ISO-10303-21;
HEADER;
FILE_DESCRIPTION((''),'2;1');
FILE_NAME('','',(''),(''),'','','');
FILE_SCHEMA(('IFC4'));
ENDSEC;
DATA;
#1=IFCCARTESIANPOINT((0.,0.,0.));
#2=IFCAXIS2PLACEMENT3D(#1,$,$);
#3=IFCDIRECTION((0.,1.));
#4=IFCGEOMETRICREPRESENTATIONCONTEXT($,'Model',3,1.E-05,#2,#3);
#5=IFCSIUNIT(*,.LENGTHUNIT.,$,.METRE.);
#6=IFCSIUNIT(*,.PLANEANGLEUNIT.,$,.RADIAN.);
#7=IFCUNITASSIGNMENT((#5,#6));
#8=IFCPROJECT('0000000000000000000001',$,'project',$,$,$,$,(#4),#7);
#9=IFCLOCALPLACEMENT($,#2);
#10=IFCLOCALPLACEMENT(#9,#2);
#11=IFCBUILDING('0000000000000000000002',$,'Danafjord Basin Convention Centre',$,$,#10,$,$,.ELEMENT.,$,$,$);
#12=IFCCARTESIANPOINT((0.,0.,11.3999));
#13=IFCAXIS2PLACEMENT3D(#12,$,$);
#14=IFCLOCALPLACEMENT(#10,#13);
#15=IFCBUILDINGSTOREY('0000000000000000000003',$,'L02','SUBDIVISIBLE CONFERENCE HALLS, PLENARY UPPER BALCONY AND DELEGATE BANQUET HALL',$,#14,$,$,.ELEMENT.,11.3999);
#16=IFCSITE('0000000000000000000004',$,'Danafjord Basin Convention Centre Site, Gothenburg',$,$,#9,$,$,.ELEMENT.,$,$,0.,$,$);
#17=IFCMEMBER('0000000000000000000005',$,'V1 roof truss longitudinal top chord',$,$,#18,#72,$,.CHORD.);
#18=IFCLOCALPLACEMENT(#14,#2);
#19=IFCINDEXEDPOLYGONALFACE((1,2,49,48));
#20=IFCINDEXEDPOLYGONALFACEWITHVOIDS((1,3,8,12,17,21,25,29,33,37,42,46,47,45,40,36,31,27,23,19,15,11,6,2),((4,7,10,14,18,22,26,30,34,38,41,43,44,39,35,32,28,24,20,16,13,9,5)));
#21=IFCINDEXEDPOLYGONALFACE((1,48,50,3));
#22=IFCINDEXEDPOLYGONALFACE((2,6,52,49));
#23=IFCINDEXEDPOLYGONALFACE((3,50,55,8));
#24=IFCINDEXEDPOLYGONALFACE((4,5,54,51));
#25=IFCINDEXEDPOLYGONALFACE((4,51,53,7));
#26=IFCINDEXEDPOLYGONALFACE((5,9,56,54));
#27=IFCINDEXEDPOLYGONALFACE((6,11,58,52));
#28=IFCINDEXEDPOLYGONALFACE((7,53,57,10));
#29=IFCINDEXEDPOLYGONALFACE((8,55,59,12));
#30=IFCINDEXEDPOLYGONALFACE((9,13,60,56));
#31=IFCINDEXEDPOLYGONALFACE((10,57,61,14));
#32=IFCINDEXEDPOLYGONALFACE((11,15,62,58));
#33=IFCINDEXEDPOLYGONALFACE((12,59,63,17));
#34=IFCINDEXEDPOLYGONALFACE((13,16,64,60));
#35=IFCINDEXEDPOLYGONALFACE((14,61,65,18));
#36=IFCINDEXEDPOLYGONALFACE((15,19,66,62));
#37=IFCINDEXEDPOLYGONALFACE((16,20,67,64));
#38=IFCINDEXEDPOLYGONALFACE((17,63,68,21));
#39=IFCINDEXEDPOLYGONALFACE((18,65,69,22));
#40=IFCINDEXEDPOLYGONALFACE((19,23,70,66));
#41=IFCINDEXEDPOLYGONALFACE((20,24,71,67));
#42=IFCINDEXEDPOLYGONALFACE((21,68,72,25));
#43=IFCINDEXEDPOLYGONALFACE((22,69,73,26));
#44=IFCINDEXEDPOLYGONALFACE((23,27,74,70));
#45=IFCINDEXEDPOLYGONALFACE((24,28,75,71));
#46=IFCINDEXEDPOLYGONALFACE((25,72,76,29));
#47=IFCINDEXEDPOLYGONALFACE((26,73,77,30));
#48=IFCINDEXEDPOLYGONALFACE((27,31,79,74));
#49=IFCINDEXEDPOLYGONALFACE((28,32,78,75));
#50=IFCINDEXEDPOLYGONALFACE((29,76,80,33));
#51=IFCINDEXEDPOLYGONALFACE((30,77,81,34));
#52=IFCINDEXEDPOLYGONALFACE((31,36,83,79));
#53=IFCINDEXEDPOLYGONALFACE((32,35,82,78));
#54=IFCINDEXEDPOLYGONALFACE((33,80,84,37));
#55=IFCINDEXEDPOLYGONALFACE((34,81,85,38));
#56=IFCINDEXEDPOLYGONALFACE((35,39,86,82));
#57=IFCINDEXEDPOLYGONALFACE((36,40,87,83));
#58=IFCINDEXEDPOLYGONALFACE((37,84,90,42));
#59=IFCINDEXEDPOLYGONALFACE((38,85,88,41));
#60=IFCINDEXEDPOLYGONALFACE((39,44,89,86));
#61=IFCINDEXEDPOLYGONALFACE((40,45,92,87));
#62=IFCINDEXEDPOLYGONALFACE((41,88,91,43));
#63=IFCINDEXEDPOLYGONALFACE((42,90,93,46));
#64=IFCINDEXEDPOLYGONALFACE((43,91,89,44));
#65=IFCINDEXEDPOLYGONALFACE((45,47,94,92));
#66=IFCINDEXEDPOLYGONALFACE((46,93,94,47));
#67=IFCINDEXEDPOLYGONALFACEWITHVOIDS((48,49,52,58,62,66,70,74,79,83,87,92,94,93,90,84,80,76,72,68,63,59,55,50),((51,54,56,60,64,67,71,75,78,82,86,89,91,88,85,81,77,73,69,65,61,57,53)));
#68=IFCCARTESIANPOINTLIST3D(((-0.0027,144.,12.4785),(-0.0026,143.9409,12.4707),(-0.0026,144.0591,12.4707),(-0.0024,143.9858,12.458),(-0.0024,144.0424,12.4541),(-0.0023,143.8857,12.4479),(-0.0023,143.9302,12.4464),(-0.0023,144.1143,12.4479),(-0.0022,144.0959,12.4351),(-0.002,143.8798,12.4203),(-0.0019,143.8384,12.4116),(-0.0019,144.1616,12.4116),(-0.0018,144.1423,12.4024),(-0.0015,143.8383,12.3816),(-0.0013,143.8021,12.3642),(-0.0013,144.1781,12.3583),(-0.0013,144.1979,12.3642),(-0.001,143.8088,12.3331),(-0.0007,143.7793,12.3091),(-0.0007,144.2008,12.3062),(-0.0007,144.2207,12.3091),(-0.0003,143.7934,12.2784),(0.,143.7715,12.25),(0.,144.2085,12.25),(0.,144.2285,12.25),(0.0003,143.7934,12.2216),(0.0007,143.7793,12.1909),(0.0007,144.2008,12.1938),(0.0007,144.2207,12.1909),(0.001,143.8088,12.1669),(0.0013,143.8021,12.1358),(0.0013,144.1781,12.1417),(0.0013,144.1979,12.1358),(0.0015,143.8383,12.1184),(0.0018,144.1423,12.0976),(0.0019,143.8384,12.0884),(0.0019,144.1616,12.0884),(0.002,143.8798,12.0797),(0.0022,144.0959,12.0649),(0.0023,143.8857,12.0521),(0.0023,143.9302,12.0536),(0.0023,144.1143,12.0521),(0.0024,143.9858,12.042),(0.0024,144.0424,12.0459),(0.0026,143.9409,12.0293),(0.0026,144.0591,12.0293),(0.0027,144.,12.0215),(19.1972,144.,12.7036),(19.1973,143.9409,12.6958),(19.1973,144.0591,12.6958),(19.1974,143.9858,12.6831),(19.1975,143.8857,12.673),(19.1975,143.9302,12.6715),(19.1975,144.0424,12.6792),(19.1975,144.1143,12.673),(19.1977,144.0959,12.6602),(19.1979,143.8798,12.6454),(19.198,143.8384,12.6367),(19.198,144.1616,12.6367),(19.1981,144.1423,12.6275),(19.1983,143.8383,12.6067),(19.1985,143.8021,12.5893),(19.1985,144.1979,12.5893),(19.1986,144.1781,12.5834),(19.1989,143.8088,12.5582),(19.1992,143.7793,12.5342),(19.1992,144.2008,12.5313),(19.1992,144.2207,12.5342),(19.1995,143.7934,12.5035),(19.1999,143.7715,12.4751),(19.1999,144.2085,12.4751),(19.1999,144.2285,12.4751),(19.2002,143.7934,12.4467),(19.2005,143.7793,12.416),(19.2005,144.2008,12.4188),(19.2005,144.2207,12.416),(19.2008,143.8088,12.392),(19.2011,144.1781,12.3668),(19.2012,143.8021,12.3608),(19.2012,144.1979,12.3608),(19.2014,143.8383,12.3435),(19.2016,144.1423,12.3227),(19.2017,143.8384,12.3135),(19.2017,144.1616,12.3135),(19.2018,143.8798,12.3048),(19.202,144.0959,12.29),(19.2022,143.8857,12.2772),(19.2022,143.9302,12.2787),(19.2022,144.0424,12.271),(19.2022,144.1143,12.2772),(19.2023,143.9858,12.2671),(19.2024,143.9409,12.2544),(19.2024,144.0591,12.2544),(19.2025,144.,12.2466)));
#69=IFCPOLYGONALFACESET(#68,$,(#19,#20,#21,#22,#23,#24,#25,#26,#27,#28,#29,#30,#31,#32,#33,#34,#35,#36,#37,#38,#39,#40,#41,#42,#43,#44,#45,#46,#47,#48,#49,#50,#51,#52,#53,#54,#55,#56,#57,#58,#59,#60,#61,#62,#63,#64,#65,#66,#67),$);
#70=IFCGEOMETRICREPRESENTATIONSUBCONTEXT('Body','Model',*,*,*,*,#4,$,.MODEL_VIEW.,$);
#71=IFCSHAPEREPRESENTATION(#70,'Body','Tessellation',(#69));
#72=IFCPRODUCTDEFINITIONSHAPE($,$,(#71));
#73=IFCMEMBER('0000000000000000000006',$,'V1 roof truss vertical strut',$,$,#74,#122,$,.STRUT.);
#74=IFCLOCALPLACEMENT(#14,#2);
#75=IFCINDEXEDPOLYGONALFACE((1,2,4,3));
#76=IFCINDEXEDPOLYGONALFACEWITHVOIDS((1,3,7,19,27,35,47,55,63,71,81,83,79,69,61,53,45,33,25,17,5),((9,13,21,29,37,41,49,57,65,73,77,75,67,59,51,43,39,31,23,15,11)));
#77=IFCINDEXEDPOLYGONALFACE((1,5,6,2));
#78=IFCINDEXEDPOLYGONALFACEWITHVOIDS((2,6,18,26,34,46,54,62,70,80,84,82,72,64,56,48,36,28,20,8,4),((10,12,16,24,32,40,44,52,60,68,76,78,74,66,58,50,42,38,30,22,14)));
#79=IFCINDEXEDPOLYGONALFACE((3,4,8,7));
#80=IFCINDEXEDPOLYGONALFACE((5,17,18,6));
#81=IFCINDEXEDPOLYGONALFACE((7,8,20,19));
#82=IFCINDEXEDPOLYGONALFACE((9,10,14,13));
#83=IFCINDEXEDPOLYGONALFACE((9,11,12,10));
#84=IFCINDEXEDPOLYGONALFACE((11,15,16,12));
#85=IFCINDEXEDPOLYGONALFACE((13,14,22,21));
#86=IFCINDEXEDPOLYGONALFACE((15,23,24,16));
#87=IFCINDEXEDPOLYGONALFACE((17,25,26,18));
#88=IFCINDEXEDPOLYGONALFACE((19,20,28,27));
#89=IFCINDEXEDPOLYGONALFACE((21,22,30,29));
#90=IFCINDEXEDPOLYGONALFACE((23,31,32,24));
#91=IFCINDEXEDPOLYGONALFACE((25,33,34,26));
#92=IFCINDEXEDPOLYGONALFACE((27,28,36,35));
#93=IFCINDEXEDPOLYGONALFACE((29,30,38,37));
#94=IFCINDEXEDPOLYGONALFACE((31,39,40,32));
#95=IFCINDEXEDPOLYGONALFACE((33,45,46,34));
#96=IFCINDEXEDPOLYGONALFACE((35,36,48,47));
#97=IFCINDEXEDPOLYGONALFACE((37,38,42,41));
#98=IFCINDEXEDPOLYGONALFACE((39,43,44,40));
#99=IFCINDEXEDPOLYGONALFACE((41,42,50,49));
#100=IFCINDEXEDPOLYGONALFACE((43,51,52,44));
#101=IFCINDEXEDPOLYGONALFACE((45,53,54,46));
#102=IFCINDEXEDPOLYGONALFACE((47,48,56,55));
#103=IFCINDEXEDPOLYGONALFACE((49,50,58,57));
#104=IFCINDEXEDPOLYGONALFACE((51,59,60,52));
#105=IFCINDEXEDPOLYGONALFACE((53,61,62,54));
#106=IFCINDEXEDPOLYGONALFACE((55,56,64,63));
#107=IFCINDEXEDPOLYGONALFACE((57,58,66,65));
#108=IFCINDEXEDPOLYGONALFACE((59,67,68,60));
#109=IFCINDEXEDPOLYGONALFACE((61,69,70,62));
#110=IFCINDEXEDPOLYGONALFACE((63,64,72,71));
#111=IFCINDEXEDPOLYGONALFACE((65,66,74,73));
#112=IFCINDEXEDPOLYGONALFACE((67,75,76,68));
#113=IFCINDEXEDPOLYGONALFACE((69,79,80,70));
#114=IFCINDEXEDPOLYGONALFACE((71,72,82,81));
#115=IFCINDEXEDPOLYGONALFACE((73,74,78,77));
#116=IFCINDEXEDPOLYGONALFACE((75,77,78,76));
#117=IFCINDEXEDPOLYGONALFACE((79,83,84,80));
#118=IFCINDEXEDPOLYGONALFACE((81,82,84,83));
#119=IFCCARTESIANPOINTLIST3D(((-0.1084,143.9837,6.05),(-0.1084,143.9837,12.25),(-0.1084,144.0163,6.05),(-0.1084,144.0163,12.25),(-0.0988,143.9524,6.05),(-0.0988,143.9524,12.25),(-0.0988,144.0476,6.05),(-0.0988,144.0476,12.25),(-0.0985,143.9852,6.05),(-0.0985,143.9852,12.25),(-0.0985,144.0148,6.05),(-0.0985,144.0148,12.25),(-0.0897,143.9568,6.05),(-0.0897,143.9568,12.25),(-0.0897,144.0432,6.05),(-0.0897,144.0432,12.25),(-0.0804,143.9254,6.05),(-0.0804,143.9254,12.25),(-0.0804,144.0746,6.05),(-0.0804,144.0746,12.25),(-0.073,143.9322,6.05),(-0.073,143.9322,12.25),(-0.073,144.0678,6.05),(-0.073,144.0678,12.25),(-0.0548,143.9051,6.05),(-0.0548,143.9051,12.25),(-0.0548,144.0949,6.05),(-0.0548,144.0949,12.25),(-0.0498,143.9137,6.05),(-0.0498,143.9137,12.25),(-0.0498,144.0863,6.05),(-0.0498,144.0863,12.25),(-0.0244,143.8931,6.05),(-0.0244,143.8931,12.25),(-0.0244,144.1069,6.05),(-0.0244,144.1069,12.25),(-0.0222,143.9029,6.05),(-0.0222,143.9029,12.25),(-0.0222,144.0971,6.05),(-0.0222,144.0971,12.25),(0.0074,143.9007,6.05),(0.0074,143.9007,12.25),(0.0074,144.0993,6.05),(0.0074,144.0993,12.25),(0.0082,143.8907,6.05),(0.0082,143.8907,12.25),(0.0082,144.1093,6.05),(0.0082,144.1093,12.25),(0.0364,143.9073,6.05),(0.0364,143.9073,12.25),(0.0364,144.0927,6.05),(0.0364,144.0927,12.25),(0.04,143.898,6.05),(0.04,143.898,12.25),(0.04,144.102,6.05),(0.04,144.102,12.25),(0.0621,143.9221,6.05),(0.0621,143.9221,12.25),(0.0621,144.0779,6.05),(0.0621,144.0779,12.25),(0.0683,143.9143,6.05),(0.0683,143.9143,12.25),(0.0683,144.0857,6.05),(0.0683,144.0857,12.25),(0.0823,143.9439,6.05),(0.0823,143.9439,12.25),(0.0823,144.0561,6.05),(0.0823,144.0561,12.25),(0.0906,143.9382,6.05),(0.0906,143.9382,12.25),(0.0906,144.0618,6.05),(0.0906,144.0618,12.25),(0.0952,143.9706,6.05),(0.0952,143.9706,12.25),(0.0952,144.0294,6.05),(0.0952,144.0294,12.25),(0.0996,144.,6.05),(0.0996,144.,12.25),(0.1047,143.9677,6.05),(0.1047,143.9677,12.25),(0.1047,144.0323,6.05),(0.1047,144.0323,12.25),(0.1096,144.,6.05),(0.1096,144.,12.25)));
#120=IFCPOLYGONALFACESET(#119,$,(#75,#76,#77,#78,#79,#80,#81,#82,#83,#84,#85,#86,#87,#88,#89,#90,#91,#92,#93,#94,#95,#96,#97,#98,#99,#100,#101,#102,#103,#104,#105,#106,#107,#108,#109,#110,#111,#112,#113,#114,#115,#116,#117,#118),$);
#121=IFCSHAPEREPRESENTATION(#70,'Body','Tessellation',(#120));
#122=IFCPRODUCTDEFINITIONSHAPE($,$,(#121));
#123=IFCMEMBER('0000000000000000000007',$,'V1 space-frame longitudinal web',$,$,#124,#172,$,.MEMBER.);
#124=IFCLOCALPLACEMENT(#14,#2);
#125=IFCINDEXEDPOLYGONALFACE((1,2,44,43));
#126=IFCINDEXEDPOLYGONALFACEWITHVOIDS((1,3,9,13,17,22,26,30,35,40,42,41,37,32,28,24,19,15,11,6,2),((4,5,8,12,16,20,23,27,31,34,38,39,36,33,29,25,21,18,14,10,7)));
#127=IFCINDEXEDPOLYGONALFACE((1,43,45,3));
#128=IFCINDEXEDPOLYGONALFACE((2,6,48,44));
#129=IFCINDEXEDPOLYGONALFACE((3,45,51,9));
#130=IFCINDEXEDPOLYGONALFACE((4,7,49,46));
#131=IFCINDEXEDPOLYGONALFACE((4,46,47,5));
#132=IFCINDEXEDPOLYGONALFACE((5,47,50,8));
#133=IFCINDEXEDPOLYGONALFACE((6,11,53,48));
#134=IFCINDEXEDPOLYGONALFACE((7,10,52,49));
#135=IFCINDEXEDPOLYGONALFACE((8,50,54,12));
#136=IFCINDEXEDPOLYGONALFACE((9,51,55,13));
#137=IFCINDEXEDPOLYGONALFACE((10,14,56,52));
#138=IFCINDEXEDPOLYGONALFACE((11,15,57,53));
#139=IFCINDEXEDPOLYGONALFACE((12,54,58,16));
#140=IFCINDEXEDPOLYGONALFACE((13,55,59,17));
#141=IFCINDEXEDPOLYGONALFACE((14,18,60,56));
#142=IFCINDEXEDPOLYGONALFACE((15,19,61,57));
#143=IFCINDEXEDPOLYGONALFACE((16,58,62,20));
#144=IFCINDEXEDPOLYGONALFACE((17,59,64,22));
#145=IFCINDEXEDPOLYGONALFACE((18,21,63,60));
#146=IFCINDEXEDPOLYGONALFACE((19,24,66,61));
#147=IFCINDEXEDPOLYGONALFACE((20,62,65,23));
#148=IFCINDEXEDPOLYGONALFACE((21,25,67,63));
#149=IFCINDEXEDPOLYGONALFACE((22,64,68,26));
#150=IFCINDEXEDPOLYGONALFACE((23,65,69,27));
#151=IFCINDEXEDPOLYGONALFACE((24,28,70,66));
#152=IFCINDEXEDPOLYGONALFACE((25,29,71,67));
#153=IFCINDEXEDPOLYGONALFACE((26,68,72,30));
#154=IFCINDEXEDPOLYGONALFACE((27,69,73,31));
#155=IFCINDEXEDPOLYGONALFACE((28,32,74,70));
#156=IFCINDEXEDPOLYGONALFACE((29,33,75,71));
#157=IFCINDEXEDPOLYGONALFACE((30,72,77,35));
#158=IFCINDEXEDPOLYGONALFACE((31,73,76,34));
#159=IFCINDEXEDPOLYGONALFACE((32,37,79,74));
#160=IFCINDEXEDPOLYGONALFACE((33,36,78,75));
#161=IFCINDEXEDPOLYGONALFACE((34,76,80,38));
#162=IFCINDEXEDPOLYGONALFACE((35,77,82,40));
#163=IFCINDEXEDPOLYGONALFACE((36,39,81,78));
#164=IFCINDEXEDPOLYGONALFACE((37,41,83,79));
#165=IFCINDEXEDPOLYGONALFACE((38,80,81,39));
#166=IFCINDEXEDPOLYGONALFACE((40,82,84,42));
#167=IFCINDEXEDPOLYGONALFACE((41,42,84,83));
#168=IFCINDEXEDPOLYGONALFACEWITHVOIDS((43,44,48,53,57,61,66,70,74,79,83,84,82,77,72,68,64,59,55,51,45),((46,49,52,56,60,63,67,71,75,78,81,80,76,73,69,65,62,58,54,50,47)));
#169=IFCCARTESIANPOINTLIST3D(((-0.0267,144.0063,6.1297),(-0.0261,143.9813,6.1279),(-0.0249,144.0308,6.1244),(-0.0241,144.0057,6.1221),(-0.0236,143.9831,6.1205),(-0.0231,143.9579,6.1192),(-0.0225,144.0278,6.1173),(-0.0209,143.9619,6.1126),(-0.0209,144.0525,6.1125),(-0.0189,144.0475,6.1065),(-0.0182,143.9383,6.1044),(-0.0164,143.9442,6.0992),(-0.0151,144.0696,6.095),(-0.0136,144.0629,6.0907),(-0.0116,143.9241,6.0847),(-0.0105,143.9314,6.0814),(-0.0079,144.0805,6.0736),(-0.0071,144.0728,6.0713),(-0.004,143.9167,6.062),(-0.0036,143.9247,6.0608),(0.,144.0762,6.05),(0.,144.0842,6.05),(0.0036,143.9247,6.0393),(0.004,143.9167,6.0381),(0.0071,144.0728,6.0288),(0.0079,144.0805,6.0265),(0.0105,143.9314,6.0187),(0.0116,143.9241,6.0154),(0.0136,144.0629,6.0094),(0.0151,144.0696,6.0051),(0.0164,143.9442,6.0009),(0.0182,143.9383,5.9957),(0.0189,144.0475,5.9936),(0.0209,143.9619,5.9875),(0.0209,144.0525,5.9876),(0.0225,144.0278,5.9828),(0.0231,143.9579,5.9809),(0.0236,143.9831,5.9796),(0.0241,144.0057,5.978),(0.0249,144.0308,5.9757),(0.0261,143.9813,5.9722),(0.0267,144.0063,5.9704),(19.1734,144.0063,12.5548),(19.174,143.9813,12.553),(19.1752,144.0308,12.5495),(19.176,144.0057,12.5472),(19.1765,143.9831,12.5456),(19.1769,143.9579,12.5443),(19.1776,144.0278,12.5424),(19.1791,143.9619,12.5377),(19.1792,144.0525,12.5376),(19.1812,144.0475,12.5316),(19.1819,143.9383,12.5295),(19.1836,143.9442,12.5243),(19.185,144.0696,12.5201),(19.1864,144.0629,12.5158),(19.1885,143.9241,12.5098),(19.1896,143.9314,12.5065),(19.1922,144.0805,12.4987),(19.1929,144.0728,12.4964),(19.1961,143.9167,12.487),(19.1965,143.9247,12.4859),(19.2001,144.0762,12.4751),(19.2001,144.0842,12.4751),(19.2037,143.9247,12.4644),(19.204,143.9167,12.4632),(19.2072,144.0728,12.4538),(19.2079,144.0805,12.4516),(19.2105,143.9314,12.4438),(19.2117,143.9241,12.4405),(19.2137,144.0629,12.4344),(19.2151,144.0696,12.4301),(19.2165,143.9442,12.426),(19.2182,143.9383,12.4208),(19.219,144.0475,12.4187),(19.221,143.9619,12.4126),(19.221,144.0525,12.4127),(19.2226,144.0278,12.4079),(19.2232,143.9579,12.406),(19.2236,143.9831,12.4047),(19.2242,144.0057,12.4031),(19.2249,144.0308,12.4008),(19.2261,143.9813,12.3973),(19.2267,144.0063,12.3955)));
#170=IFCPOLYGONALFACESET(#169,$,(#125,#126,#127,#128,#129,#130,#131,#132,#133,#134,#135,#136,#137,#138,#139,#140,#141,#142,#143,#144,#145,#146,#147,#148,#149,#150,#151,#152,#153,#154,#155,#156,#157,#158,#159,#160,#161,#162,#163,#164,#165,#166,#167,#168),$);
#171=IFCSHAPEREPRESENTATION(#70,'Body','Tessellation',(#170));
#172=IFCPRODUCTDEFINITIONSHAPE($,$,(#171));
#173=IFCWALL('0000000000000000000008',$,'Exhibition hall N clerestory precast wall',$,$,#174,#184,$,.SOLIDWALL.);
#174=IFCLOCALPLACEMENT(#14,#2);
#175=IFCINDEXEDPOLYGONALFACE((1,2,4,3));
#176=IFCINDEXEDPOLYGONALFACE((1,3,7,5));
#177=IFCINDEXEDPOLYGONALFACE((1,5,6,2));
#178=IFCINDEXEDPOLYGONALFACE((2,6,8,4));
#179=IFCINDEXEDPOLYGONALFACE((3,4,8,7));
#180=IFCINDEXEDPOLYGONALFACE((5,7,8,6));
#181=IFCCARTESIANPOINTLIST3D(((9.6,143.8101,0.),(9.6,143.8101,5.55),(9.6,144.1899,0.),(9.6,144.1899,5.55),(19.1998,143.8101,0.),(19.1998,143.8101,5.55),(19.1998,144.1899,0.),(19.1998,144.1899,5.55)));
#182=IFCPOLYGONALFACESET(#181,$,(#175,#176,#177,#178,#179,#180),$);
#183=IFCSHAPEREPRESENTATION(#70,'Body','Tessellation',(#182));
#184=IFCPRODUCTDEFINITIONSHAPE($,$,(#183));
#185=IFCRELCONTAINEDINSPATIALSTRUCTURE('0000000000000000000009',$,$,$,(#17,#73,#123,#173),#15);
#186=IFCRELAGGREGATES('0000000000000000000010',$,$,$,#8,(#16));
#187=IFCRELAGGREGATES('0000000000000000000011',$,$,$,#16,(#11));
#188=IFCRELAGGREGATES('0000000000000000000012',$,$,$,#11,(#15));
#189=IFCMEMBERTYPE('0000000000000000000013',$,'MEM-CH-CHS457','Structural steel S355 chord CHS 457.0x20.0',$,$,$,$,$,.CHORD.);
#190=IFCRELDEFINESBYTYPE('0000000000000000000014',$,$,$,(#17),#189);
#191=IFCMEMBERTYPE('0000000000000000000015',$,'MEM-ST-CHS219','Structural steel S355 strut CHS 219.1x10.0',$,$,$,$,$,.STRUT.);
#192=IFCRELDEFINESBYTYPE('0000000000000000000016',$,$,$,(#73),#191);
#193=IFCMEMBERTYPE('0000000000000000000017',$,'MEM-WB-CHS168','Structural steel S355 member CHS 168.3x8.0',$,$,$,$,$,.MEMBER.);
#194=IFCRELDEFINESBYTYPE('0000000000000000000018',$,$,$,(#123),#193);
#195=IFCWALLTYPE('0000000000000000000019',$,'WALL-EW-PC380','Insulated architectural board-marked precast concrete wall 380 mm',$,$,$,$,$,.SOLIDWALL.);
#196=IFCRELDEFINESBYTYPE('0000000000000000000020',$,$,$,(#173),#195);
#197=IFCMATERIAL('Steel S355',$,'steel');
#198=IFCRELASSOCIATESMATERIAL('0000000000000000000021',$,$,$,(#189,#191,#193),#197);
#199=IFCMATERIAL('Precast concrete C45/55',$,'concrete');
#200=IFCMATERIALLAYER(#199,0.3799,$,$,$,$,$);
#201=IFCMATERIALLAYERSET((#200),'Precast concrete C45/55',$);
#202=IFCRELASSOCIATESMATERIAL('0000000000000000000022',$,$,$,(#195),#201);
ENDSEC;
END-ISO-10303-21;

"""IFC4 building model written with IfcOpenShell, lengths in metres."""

from ifc_helpers import new_model, si_unit, direction, frame, frame_2d, origin, origin_2d, place, context, subcontext, project, spatial, rectangle, hollow_circle, extrude, material, layer, layer_set, material_profile, profile_set, type_object, element, save


model = new_model("IFC4")

# Units and contexts
model_context = context("Model", 3, precision=1e-05, world=origin(), true_north=direction((0.0, 1.0)))
body_context = subcontext(model_context, "Body", "Model", "MODEL_VIEW")
ifc_project = project(units=[si_unit("LENGTHUNIT", "METRE"), si_unit("PLANEANGLEUNIT", "RADIAN")], contexts=[model_context])

# Site, building, storey
site_placement = place(None, origin())
site = spatial("IfcSite", under=ifc_project, at=site_placement, Name="Danafjord Basin Convention Centre Site, Gothenburg", CompositionType="ELEMENT", RefElevation=0.0)
building_placement = place(site_placement, origin())
building = spatial("IfcBuilding", under=site, at=building_placement, Name="Danafjord Basin Convention Centre", CompositionType="ELEMENT")
storey_placement = place(building_placement, frame((0.0, 0.0, 11.3999)))
storey = spatial("IfcBuildingStorey", under=building, at=storey_placement, Name="L02", Description="SUBDIVISIBLE CONFERENCE HALLS, PLENARY UPPER BALCONY AND DELEGATE BANQUET HALL", CompositionType="ELEMENT", Elevation=11.3999)

# Shared definitions
ifc_material_1 = material(Name="Steel S355", Category="steel")
ifc_material_2 = material(Name="Precast concrete C45/55", Category="concrete")

# Members
ifc_material_profile_1 = material_profile(ifc_material_1, hollow_circle(Radius=0.2285, WallThickness=0.02, at=origin_2d()), Name="CHS 457.0x20.0")
ifc_profile_set_1 = profile_set([ifc_material_profile_1], Name="Steel S355")
member_type_1 = type_object("IfcMemberType", Name="MEM-CH-CHS457", Description="Structural steel S355 chord CHS 457.0x20.0", PredefinedType="CHORD", material=ifc_profile_set_1)
member_1_placement = place(storey_placement, frame((0.0, 144.0, 12.25), z_axis=(0.999931, 0.0, 0.011723), x_axis=(0.0, 1.0, 0.0)))
element("IfcMember", 1, at=member_1_placement, inside=storey, type_object=member_type_1, Name="V1 roof truss longitudinal top chord", PredefinedType="CHORD", context=body_context, shape_type="SweptSolid", body=[
    extrude(hollow_circle(Radius=0.2285, WallThickness=0.02, at=origin_2d()), origin(), (0.0, 0.0, 1.0), 19.2012),
])
ifc_material_profile_2 = material_profile(ifc_material_1, hollow_circle(Radius=0.1096, WallThickness=0.01, at=origin_2d()), Name="CHS 219.1x10.0")
ifc_profile_set_2 = profile_set([ifc_material_profile_2], Name="Steel S355")
member_type_2 = type_object("IfcMemberType", Name="MEM-ST-CHS219", Description="Structural steel S355 strut CHS 219.1x10.0", PredefinedType="STRUT", material=ifc_profile_set_2)
member_2_placement = place(storey_placement, frame((0.0, 144.0, 6.05), z_axis=(0.0, 0.0, 1.0), x_axis=(1.0, 0.0, 0.0)))
element("IfcMember", 2, at=member_2_placement, inside=storey, type_object=member_type_2, Name="V1 roof truss vertical strut", PredefinedType="STRUT", context=body_context, shape_type="SweptSolid", body=[
    extrude(hollow_circle(Radius=0.1096, WallThickness=0.01, at=origin_2d()), origin(), (0.0, 0.0, 1.0), 6.2),
])
ifc_material_profile_3 = material_profile(ifc_material_1, hollow_circle(Radius=0.0842, WallThickness=0.0081, at=origin_2d()), Name="CHS 168.3x8.0")
ifc_profile_set_3 = profile_set([ifc_material_profile_3], Name="Steel S355")
member_type_3 = type_object("IfcMemberType", Name="MEM-WB-CHS168", Description="Structural steel S355 member CHS 168.3x8.0", PredefinedType="MEMBER", material=ifc_profile_set_3)
member_3_placement = place(storey_placement, frame((0.0, 144.0, 6.05), z_axis=(0.948311, 0.0, 0.317342), x_axis=(0.0, 1.0, 0.0)))
element("IfcMember", 3, at=member_3_placement, inside=storey, type_object=member_type_3, Name="V1 space-frame longitudinal web", PredefinedType="MEMBER", context=body_context, shape_type="SweptSolid", body=[
    extrude(hollow_circle(Radius=0.0842, WallThickness=0.0081, at=origin_2d()), origin(), (0.0, 0.0, 1.0), 20.2466),
])

# Wall
ifc_layer_1 = layer(ifc_material_2, 0.3799)
ifc_layer_set_1 = layer_set([ifc_layer_1], Name="Precast concrete C45/55")
wall_type = type_object("IfcWallType", Name="WALL-EW-PC380", Description="Insulated architectural board-marked precast concrete wall 380 mm", PredefinedType="SOLIDWALL", material=ifc_layer_set_1)
wall_placement = place(storey_placement, frame((9.6001, 144.0, 0.0), z_axis=(0.0, 0.0, 1.0), x_axis=(1.0, 0.0, 0.0)))
element("IfcWall", 4, at=wall_placement, inside=storey, type_object=wall_type, Name="Exhibition hall N clerestory precast wall", PredefinedType="SOLIDWALL", context=body_context, shape_type="SweptSolid", body=[
    extrude(rectangle(XDim=9.5999, YDim=0.3799, at=frame_2d((4.7998, 0.0))), origin(), (0.0, 0.0, 1.0), 5.55),
])

save(model, "model.ifc")
